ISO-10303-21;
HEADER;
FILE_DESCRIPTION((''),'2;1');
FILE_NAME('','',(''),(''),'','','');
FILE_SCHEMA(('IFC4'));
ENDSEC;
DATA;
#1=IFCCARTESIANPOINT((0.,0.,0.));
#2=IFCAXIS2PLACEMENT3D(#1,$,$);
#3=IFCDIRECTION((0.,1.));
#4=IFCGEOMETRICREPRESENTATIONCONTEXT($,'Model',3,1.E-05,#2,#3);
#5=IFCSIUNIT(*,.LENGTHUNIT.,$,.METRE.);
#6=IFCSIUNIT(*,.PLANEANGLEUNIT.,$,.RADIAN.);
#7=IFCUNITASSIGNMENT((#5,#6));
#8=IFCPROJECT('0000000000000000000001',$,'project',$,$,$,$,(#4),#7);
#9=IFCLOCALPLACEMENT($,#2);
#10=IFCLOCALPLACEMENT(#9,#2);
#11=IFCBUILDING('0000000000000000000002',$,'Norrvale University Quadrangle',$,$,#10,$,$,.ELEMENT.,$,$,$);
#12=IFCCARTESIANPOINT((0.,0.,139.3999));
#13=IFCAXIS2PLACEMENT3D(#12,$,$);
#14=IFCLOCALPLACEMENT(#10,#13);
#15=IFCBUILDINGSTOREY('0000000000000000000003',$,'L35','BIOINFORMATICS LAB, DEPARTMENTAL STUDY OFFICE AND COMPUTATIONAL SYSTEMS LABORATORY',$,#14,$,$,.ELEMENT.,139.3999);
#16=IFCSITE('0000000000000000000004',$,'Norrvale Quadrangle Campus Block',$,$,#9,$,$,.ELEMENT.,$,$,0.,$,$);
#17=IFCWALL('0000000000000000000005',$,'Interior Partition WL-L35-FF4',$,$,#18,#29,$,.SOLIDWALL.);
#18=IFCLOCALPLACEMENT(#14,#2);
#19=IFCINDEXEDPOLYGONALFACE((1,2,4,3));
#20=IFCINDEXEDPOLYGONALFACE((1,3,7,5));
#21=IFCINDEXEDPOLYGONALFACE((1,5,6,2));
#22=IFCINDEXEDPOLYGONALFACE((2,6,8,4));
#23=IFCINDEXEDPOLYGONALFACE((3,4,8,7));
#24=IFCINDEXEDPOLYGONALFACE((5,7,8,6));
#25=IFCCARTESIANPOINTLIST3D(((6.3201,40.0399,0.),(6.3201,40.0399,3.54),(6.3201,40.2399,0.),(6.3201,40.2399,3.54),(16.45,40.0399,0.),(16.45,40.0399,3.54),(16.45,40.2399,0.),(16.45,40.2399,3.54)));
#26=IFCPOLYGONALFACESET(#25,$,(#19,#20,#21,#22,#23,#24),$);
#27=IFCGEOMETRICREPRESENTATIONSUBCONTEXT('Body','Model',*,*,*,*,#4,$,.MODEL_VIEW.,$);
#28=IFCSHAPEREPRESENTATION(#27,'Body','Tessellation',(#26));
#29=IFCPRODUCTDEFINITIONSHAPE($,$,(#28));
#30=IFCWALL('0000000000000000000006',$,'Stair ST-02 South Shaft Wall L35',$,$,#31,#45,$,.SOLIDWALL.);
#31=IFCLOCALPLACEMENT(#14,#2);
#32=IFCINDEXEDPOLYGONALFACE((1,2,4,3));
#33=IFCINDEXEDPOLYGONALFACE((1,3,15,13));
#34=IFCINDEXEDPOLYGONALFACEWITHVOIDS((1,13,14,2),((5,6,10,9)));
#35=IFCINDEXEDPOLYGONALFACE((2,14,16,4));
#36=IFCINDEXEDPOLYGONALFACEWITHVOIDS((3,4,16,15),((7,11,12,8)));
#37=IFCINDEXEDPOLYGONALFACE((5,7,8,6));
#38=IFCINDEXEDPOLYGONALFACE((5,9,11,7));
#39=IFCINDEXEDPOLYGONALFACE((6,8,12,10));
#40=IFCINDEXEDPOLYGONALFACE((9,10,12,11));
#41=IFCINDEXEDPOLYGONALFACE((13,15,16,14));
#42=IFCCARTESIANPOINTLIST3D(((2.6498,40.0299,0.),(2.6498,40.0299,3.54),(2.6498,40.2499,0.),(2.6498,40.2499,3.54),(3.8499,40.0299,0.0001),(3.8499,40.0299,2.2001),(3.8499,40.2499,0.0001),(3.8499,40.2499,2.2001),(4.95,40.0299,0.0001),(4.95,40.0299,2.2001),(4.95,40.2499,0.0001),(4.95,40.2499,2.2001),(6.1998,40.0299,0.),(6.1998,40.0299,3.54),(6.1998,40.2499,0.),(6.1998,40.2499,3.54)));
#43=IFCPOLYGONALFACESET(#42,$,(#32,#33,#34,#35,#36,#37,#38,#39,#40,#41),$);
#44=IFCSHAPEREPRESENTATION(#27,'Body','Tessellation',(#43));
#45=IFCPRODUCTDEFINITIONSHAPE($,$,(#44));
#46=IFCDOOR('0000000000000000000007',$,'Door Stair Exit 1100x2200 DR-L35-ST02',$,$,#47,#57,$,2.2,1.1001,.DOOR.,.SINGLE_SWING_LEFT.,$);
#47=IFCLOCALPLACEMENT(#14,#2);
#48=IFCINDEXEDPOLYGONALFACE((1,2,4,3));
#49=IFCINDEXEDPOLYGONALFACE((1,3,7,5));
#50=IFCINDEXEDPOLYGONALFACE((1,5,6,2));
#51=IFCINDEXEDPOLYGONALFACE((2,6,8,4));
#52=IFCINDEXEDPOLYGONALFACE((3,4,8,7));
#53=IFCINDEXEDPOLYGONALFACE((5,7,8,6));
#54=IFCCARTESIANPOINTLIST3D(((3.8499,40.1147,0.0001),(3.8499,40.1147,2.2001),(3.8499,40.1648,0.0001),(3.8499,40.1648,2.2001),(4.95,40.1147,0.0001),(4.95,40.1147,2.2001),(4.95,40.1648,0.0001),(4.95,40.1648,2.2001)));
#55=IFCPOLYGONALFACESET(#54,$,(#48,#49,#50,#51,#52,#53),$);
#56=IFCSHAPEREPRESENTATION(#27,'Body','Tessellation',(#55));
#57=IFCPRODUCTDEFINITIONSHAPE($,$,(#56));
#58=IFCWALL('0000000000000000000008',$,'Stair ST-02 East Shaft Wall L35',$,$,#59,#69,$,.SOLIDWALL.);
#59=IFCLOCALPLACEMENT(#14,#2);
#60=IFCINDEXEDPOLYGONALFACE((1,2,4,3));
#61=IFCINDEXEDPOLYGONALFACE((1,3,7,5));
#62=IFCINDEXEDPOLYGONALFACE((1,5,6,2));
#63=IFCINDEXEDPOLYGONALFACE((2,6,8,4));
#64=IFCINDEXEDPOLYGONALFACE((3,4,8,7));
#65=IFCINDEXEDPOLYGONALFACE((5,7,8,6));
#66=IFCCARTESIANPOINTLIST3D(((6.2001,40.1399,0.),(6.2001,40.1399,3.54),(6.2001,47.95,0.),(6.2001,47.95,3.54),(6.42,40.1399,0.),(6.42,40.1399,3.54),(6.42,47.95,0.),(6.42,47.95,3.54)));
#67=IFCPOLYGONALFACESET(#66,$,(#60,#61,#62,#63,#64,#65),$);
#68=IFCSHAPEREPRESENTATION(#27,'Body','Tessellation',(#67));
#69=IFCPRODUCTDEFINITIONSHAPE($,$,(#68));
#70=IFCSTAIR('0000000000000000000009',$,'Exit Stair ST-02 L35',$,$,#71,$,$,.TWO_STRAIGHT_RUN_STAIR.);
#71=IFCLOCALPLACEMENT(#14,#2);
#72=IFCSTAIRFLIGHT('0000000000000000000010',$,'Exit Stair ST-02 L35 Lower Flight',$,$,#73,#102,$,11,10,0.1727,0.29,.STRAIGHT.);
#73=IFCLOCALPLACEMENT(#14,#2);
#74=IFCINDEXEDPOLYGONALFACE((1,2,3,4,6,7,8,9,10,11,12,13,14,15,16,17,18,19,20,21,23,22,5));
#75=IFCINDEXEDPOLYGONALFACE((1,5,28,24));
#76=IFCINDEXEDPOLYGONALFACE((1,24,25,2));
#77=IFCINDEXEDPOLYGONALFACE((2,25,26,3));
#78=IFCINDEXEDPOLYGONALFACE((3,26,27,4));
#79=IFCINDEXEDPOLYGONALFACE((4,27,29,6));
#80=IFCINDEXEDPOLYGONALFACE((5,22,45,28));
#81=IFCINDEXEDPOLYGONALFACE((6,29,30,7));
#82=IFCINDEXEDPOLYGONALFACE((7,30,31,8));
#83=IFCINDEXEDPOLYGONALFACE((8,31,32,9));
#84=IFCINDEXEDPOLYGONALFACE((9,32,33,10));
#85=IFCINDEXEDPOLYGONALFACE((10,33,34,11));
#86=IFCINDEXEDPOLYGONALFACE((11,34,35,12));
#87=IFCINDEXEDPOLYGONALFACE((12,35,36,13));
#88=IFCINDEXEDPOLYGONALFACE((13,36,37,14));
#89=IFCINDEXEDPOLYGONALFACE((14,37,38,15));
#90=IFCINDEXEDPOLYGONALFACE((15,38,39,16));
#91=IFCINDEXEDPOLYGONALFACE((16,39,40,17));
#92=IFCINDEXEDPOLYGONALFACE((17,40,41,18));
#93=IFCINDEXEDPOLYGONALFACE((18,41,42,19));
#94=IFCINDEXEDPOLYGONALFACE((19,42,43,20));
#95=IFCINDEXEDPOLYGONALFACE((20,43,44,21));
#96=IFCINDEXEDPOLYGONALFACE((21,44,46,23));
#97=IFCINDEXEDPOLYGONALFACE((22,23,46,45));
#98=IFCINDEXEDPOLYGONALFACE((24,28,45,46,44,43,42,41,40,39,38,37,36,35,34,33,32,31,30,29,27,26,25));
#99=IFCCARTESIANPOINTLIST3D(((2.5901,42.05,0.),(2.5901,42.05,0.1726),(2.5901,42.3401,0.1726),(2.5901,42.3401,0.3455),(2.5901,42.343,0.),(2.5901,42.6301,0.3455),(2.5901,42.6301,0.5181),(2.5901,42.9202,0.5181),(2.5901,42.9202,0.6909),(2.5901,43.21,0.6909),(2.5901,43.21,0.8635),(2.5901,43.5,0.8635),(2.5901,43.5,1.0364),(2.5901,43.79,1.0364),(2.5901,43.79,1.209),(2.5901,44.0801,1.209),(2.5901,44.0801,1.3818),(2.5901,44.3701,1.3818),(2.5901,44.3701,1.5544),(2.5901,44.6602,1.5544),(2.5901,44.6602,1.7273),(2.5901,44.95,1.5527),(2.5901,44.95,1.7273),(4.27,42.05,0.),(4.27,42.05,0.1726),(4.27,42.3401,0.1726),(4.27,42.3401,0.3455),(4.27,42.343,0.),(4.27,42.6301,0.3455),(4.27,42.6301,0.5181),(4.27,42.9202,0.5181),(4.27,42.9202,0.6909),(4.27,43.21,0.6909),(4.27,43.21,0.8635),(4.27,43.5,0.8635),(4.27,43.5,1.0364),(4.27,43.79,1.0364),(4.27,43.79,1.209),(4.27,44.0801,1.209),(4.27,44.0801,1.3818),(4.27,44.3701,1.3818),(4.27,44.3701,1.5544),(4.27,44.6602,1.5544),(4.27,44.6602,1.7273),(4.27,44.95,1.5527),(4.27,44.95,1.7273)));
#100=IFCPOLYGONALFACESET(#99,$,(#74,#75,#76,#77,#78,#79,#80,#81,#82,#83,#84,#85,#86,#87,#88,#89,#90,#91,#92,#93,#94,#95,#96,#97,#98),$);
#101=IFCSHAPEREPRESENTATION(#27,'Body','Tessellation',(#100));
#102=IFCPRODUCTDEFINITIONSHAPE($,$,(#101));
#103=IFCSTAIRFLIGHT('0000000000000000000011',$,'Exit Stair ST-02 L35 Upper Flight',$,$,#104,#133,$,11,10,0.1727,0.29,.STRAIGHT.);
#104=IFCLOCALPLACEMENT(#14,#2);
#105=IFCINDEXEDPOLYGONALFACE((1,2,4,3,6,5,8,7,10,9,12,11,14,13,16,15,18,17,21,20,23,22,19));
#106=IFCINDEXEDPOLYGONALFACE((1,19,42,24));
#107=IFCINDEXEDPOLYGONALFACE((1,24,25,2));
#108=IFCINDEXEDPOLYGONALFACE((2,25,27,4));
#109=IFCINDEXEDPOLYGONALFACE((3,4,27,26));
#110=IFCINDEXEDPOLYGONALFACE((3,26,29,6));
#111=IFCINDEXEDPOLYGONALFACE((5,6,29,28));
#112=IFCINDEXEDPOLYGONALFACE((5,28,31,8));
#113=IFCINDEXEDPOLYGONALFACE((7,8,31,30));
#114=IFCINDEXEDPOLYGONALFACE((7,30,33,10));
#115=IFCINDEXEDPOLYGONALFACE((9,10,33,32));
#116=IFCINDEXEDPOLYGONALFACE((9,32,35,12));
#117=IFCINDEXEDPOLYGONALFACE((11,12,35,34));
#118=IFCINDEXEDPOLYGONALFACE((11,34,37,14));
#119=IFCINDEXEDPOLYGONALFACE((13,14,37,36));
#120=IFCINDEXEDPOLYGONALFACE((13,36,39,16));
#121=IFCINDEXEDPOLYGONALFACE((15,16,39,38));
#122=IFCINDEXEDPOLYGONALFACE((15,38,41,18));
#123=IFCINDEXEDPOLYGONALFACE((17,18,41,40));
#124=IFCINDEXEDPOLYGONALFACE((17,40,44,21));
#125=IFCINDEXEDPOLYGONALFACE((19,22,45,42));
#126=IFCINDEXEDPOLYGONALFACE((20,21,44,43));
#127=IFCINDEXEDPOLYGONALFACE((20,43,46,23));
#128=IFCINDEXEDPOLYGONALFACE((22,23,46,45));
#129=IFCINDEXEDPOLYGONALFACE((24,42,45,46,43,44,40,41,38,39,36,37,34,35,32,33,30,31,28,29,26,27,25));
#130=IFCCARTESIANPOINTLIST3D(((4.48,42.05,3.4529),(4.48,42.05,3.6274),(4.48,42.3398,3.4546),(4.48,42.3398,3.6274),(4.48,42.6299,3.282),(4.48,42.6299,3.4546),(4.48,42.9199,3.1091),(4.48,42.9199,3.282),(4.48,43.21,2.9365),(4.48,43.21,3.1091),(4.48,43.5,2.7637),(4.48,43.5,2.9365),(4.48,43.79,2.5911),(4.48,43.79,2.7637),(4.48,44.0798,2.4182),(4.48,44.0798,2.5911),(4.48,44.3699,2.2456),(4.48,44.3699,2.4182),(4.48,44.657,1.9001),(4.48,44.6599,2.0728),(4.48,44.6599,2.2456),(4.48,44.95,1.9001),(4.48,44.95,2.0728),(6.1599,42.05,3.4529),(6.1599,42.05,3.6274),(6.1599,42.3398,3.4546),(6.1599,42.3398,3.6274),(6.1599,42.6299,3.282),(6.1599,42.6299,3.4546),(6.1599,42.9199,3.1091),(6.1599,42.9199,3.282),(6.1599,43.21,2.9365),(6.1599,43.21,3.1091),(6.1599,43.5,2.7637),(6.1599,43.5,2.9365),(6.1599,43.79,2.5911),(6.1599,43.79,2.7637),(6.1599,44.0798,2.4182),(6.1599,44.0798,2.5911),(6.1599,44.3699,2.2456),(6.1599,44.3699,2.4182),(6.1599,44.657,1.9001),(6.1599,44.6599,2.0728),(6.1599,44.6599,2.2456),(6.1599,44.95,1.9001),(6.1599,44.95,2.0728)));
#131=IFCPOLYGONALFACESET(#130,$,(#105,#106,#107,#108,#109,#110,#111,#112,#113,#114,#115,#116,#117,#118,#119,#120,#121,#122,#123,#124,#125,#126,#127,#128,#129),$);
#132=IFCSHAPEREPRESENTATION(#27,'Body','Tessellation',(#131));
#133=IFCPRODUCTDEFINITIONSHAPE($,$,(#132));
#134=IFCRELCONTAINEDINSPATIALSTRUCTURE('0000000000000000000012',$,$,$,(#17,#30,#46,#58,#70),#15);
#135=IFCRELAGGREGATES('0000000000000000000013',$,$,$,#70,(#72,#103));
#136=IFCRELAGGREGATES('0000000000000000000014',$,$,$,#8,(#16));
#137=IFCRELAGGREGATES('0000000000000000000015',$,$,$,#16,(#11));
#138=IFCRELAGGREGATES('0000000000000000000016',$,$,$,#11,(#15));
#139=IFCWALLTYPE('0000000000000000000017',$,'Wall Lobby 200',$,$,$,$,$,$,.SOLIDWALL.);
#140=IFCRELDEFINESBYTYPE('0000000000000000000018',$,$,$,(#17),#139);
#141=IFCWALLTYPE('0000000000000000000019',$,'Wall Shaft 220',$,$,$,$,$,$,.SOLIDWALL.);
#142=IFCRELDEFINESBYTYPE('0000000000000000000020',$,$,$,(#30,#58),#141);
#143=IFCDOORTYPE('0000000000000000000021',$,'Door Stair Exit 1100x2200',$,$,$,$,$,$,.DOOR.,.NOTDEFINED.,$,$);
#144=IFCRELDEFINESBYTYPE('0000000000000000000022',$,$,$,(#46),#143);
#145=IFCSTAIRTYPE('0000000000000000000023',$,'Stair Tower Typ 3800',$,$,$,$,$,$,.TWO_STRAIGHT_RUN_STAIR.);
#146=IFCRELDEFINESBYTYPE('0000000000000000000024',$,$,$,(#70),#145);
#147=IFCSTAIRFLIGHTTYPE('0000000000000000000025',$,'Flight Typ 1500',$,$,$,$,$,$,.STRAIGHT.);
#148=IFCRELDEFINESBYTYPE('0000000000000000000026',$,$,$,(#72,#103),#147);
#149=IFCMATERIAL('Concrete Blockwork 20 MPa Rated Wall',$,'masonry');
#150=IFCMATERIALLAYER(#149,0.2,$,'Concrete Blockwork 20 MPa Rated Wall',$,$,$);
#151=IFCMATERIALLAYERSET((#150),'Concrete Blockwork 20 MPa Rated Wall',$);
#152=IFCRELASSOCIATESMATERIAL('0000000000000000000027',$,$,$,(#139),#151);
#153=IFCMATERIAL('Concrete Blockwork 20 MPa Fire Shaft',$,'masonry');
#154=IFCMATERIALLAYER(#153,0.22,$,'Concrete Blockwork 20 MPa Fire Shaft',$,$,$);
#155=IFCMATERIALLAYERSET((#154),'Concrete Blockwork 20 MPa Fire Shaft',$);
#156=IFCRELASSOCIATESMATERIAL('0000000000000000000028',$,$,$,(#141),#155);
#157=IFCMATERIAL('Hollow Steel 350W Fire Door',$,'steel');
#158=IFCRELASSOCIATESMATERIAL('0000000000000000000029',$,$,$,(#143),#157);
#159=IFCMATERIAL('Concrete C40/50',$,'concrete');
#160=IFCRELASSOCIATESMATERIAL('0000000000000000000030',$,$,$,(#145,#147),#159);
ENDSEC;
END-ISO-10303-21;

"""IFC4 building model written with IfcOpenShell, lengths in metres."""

from ifc_helpers import new_model, si_unit, direction, frame, frame_2d, origin, place, context, subcontext, project, spatial, polyline, rectangle, outline, extrude, material, layer, layer_set, type_object, element, fill, aggregate, save


model = new_model("IFC4")

# Units and contexts
model_context = context("Model", 3, precision=1e-05, world=origin(), true_north=direction((0.0, 1.0)))
body_context = subcontext(model_context, "Body", "Model", "MODEL_VIEW")
ifc_project = project(units=[si_unit("LENGTHUNIT", "METRE"), si_unit("PLANEANGLEUNIT", "RADIAN")], contexts=[model_context])

# Site, building, storey
site_placement = place(None, origin())
site = spatial("IfcSite", under=ifc_project, at=site_placement, Name="Norrvale Quadrangle Campus Block", CompositionType="ELEMENT", RefElevation=0.0)
building_placement = place(site_placement, origin())
building = spatial("IfcBuilding", under=site, at=building_placement, Name="Norrvale University Quadrangle", CompositionType="ELEMENT")
storey_placement = place(building_placement, frame((0.0, 0.0, 139.3999)))
storey = spatial("IfcBuildingStorey", under=building, at=storey_placement, Name="L35", Description="BIOINFORMATICS LAB, DEPARTMENTAL STUDY OFFICE AND COMPUTATIONAL SYSTEMS LABORATORY", CompositionType="ELEMENT", Elevation=139.3999)

# Wall
ifc_material_1 = material(Name="Concrete Blockwork 20 MPa Rated Wall", Category="masonry")
ifc_layer_1 = layer(ifc_material_1, 0.2, Name="Concrete Blockwork 20 MPa Rated Wall")
ifc_layer_set_1 = layer_set([ifc_layer_1], Name="Concrete Blockwork 20 MPa Rated Wall")
wall_type_1 = type_object("IfcWallType", Name="Wall Lobby 200", PredefinedType="SOLIDWALL", material=ifc_layer_set_1)
wall_1_placement = place(storey_placement, frame((6.3201, 40.1399, 0.0), z_axis=(0.0, 0.0, 1.0), x_axis=(1.0, 0.0, 0.0)))
element("IfcWall", 1, at=wall_1_placement, inside=storey, type_object=wall_type_1, Name="Interior Partition WL-L35-FF4", PredefinedType="SOLIDWALL", context=body_context, shape_type="SweptSolid", body=[
    extrude(rectangle(XDim=10.1299, YDim=0.2, at=frame_2d((5.0649, 0.0))), origin(), (0.0, 0.0, 1.0), 3.54),
])

# Wall, opening, door
ifc_material_2 = material(Name="Concrete Blockwork 20 MPa Fire Shaft", Category="masonry")
ifc_layer_2 = layer(ifc_material_2, 0.22, Name="Concrete Blockwork 20 MPa Fire Shaft")
ifc_layer_set_2 = layer_set([ifc_layer_2], Name="Concrete Blockwork 20 MPa Fire Shaft")
wall_type_2 = type_object("IfcWallType", Name="Wall Shaft 220", PredefinedType="SOLIDWALL", material=ifc_layer_set_2)
wall_2_placement = place(storey_placement, frame((2.6499, 40.1399, 0.0), z_axis=(0.0, 0.0, 1.0), x_axis=(1.0, 0.0, 0.0)))
wall_2 = element("IfcWall", 2, at=wall_2_placement, inside=storey, type_object=wall_type_2, Name="Stair ST-02 South Shaft Wall L35", PredefinedType="SOLIDWALL", context=body_context, shape_type="SweptSolid", body=[
    extrude(rectangle(XDim=3.55, YDim=0.22, at=frame_2d((1.7749, 0.0))), origin(), (0.0, 0.0, 1.0), 3.54),
])
opening_placement = place(wall_2_placement, frame((1.2, 0.0, 0.0)))
opening = element("IfcOpeningElement", 3, at=opening_placement, cuts=wall_2, PredefinedType="OPENING", context=body_context, shape_type="SweptSolid", body=[
    extrude(rectangle(XDim=1.1001, YDim=2.2, at=frame_2d((0.55, 1.1001))), frame((0.0, 0.1221, 0.0), z_axis=(0.0, -1.0, 0.0), x_axis=(1.0, 0.0, 0.0)), (0.0, 0.0, 1.0), 0.2439),
])
ifc_material_3 = material(Name="Hollow Steel 350W Fire Door", Category="steel")
door_type = type_object("IfcDoorType", Name="Door Stair Exit 1100x2200", OperationType="NOTDEFINED", PredefinedType="DOOR", material=ifc_material_3)
door_placement = place(opening_placement, origin())
door = element("IfcDoor", 4, at=door_placement, inside=storey, type_object=door_type, Name="Door Stair Exit 1100x2200 DR-L35-ST02", OperationType="SINGLE_SWING_LEFT", OverallHeight=2.2, OverallWidth=1.1001, PredefinedType="DOOR", context=body_context, shape_type="SweptSolid", body=[
    extrude(rectangle(XDim=1.1001, YDim=2.2, at=frame_2d((0.55, 1.1001))), frame((0.0, 0.0249, 0.0), z_axis=(0.0, -1.0, 0.0), x_axis=(1.0, 0.0, 0.0)), (0.0, 0.0, 1.0), 0.05),
])
fill(opening, door)

# Wall
wall_3_placement = place(storey_placement, frame((6.3101, 40.1399, 0.0), z_axis=(0.0, 0.0, 1.0), x_axis=(0.0, 1.0, 0.0)))
element("IfcWall", 5, at=wall_3_placement, inside=storey, type_object=wall_type_2, Name="Stair ST-02 East Shaft Wall L35", PredefinedType="SOLIDWALL", context=body_context, shape_type="SweptSolid", body=[
    extrude(rectangle(XDim=7.8101, YDim=0.22, at=frame_2d((3.905, 0.0))), origin(), (0.0, 0.0, 1.0), 3.54),
])

# Stair, stair flights
ifc_material_4 = material(Name="Concrete C40/50", Category="concrete")
stair_type = type_object("IfcStairType", Name="Stair Tower Typ 3800", PredefinedType="TWO_STRAIGHT_RUN_STAIR", material=ifc_material_4)
stair_placement = place(storey_placement, origin())
stair = element("IfcStair", 6, at=stair_placement, inside=storey, type_object=stair_type, Name="Exit Stair ST-02 L35", PredefinedType="TWO_STRAIGHT_RUN_STAIR")
stair_flight_type = type_object("IfcStairFlightType", Name="Flight Typ 1500", PredefinedType="STRAIGHT", material=ifc_material_4)
stair_flight_1_placement = place(storey_placement, frame((3.4299, 42.05, 0.0), z_axis=(0.0, 0.0, 1.0), x_axis=(0.0, 1.0, 0.0)))
stair_flight_1 = element("IfcStairFlight", 7, at=stair_flight_1_placement, type_object=stair_flight_type, Name="Exit Stair ST-02 L35 Lower Flight", NumberOfRisers=11, NumberOfTreads=10, PredefinedType="STRAIGHT", RiserHeight=0.1727, TreadLength=0.29, context=body_context, shape_type="SweptSolid", body=[
    extrude(outline(polyline([(0.0, 0.0), (0.0, 0.1726), (0.29, 0.1726), (0.29, 0.3455), (0.5801, 0.3455), (0.5801, 0.5181), (0.8701, 0.5181), (0.8701, 0.6909), (1.1599, 0.6909), (1.1599, 0.8635), (1.45, 0.8635), (1.45, 1.0364), (1.74, 1.0364), (1.74, 1.209), (2.03, 1.209), (2.03, 1.3818), (2.3201, 1.3818), (2.3201, 1.5544), (2.6101, 1.5544), (2.6101, 1.7273), (2.8999, 1.7273), (2.8999, 1.8999), (2.8999, 1.5527), (0.293, 0.0), (0.0, 0.0)])), frame((0.0, 0.8398, 0.0), z_axis=(0.0, -1.0, 0.0), x_axis=(1.0, 0.0, 0.0)), (0.0, 0.0, 1.0), 1.6799),
])
stair_flight_2_placement = place(storey_placement, frame((5.3201, 44.95, 1.9001), z_axis=(0.0, 0.0, 1.0), x_axis=(0.0, -1.0, 0.0)))
stair_flight_2 = element("IfcStairFlight", 8, at=stair_flight_2_placement, type_object=stair_flight_type, Name="Exit Stair ST-02 L35 Upper Flight", NumberOfRisers=11, NumberOfTreads=10, PredefinedType="STRAIGHT", RiserHeight=0.1727, TreadLength=0.29, context=body_context, shape_type="SweptSolid", body=[
    extrude(outline(polyline([(0.0, 0.0), (0.0, 0.1726), (0.29, 0.1726), (0.29, 0.3455), (0.5801, 0.3455), (0.5801, 0.5181), (0.8701, 0.5181), (0.8701, 0.6909), (1.1599, 0.6909), (1.1599, 0.8635), (1.45, 0.8635), (1.45, 1.0364), (1.74, 1.0364), (1.74, 1.209), (2.03, 1.209), (2.03, 1.3818), (2.3201, 1.3818), (2.3201, 1.5544), (2.6101, 1.5544), (2.6101, 1.7273), (2.8999, 1.7273), (2.8999, 1.8999), (2.8999, 1.5527), (0.293, 0.0), (0.0, 0.0)])), frame((0.0, 0.8398, 0.0), z_axis=(0.0, -1.0, 0.0), x_axis=(1.0, 0.0, 0.0)), (0.0, 0.0, 1.0), 1.6799),
])
aggregate(stair, [stair_flight_1, stair_flight_2])

save(model, "model.ifc")
